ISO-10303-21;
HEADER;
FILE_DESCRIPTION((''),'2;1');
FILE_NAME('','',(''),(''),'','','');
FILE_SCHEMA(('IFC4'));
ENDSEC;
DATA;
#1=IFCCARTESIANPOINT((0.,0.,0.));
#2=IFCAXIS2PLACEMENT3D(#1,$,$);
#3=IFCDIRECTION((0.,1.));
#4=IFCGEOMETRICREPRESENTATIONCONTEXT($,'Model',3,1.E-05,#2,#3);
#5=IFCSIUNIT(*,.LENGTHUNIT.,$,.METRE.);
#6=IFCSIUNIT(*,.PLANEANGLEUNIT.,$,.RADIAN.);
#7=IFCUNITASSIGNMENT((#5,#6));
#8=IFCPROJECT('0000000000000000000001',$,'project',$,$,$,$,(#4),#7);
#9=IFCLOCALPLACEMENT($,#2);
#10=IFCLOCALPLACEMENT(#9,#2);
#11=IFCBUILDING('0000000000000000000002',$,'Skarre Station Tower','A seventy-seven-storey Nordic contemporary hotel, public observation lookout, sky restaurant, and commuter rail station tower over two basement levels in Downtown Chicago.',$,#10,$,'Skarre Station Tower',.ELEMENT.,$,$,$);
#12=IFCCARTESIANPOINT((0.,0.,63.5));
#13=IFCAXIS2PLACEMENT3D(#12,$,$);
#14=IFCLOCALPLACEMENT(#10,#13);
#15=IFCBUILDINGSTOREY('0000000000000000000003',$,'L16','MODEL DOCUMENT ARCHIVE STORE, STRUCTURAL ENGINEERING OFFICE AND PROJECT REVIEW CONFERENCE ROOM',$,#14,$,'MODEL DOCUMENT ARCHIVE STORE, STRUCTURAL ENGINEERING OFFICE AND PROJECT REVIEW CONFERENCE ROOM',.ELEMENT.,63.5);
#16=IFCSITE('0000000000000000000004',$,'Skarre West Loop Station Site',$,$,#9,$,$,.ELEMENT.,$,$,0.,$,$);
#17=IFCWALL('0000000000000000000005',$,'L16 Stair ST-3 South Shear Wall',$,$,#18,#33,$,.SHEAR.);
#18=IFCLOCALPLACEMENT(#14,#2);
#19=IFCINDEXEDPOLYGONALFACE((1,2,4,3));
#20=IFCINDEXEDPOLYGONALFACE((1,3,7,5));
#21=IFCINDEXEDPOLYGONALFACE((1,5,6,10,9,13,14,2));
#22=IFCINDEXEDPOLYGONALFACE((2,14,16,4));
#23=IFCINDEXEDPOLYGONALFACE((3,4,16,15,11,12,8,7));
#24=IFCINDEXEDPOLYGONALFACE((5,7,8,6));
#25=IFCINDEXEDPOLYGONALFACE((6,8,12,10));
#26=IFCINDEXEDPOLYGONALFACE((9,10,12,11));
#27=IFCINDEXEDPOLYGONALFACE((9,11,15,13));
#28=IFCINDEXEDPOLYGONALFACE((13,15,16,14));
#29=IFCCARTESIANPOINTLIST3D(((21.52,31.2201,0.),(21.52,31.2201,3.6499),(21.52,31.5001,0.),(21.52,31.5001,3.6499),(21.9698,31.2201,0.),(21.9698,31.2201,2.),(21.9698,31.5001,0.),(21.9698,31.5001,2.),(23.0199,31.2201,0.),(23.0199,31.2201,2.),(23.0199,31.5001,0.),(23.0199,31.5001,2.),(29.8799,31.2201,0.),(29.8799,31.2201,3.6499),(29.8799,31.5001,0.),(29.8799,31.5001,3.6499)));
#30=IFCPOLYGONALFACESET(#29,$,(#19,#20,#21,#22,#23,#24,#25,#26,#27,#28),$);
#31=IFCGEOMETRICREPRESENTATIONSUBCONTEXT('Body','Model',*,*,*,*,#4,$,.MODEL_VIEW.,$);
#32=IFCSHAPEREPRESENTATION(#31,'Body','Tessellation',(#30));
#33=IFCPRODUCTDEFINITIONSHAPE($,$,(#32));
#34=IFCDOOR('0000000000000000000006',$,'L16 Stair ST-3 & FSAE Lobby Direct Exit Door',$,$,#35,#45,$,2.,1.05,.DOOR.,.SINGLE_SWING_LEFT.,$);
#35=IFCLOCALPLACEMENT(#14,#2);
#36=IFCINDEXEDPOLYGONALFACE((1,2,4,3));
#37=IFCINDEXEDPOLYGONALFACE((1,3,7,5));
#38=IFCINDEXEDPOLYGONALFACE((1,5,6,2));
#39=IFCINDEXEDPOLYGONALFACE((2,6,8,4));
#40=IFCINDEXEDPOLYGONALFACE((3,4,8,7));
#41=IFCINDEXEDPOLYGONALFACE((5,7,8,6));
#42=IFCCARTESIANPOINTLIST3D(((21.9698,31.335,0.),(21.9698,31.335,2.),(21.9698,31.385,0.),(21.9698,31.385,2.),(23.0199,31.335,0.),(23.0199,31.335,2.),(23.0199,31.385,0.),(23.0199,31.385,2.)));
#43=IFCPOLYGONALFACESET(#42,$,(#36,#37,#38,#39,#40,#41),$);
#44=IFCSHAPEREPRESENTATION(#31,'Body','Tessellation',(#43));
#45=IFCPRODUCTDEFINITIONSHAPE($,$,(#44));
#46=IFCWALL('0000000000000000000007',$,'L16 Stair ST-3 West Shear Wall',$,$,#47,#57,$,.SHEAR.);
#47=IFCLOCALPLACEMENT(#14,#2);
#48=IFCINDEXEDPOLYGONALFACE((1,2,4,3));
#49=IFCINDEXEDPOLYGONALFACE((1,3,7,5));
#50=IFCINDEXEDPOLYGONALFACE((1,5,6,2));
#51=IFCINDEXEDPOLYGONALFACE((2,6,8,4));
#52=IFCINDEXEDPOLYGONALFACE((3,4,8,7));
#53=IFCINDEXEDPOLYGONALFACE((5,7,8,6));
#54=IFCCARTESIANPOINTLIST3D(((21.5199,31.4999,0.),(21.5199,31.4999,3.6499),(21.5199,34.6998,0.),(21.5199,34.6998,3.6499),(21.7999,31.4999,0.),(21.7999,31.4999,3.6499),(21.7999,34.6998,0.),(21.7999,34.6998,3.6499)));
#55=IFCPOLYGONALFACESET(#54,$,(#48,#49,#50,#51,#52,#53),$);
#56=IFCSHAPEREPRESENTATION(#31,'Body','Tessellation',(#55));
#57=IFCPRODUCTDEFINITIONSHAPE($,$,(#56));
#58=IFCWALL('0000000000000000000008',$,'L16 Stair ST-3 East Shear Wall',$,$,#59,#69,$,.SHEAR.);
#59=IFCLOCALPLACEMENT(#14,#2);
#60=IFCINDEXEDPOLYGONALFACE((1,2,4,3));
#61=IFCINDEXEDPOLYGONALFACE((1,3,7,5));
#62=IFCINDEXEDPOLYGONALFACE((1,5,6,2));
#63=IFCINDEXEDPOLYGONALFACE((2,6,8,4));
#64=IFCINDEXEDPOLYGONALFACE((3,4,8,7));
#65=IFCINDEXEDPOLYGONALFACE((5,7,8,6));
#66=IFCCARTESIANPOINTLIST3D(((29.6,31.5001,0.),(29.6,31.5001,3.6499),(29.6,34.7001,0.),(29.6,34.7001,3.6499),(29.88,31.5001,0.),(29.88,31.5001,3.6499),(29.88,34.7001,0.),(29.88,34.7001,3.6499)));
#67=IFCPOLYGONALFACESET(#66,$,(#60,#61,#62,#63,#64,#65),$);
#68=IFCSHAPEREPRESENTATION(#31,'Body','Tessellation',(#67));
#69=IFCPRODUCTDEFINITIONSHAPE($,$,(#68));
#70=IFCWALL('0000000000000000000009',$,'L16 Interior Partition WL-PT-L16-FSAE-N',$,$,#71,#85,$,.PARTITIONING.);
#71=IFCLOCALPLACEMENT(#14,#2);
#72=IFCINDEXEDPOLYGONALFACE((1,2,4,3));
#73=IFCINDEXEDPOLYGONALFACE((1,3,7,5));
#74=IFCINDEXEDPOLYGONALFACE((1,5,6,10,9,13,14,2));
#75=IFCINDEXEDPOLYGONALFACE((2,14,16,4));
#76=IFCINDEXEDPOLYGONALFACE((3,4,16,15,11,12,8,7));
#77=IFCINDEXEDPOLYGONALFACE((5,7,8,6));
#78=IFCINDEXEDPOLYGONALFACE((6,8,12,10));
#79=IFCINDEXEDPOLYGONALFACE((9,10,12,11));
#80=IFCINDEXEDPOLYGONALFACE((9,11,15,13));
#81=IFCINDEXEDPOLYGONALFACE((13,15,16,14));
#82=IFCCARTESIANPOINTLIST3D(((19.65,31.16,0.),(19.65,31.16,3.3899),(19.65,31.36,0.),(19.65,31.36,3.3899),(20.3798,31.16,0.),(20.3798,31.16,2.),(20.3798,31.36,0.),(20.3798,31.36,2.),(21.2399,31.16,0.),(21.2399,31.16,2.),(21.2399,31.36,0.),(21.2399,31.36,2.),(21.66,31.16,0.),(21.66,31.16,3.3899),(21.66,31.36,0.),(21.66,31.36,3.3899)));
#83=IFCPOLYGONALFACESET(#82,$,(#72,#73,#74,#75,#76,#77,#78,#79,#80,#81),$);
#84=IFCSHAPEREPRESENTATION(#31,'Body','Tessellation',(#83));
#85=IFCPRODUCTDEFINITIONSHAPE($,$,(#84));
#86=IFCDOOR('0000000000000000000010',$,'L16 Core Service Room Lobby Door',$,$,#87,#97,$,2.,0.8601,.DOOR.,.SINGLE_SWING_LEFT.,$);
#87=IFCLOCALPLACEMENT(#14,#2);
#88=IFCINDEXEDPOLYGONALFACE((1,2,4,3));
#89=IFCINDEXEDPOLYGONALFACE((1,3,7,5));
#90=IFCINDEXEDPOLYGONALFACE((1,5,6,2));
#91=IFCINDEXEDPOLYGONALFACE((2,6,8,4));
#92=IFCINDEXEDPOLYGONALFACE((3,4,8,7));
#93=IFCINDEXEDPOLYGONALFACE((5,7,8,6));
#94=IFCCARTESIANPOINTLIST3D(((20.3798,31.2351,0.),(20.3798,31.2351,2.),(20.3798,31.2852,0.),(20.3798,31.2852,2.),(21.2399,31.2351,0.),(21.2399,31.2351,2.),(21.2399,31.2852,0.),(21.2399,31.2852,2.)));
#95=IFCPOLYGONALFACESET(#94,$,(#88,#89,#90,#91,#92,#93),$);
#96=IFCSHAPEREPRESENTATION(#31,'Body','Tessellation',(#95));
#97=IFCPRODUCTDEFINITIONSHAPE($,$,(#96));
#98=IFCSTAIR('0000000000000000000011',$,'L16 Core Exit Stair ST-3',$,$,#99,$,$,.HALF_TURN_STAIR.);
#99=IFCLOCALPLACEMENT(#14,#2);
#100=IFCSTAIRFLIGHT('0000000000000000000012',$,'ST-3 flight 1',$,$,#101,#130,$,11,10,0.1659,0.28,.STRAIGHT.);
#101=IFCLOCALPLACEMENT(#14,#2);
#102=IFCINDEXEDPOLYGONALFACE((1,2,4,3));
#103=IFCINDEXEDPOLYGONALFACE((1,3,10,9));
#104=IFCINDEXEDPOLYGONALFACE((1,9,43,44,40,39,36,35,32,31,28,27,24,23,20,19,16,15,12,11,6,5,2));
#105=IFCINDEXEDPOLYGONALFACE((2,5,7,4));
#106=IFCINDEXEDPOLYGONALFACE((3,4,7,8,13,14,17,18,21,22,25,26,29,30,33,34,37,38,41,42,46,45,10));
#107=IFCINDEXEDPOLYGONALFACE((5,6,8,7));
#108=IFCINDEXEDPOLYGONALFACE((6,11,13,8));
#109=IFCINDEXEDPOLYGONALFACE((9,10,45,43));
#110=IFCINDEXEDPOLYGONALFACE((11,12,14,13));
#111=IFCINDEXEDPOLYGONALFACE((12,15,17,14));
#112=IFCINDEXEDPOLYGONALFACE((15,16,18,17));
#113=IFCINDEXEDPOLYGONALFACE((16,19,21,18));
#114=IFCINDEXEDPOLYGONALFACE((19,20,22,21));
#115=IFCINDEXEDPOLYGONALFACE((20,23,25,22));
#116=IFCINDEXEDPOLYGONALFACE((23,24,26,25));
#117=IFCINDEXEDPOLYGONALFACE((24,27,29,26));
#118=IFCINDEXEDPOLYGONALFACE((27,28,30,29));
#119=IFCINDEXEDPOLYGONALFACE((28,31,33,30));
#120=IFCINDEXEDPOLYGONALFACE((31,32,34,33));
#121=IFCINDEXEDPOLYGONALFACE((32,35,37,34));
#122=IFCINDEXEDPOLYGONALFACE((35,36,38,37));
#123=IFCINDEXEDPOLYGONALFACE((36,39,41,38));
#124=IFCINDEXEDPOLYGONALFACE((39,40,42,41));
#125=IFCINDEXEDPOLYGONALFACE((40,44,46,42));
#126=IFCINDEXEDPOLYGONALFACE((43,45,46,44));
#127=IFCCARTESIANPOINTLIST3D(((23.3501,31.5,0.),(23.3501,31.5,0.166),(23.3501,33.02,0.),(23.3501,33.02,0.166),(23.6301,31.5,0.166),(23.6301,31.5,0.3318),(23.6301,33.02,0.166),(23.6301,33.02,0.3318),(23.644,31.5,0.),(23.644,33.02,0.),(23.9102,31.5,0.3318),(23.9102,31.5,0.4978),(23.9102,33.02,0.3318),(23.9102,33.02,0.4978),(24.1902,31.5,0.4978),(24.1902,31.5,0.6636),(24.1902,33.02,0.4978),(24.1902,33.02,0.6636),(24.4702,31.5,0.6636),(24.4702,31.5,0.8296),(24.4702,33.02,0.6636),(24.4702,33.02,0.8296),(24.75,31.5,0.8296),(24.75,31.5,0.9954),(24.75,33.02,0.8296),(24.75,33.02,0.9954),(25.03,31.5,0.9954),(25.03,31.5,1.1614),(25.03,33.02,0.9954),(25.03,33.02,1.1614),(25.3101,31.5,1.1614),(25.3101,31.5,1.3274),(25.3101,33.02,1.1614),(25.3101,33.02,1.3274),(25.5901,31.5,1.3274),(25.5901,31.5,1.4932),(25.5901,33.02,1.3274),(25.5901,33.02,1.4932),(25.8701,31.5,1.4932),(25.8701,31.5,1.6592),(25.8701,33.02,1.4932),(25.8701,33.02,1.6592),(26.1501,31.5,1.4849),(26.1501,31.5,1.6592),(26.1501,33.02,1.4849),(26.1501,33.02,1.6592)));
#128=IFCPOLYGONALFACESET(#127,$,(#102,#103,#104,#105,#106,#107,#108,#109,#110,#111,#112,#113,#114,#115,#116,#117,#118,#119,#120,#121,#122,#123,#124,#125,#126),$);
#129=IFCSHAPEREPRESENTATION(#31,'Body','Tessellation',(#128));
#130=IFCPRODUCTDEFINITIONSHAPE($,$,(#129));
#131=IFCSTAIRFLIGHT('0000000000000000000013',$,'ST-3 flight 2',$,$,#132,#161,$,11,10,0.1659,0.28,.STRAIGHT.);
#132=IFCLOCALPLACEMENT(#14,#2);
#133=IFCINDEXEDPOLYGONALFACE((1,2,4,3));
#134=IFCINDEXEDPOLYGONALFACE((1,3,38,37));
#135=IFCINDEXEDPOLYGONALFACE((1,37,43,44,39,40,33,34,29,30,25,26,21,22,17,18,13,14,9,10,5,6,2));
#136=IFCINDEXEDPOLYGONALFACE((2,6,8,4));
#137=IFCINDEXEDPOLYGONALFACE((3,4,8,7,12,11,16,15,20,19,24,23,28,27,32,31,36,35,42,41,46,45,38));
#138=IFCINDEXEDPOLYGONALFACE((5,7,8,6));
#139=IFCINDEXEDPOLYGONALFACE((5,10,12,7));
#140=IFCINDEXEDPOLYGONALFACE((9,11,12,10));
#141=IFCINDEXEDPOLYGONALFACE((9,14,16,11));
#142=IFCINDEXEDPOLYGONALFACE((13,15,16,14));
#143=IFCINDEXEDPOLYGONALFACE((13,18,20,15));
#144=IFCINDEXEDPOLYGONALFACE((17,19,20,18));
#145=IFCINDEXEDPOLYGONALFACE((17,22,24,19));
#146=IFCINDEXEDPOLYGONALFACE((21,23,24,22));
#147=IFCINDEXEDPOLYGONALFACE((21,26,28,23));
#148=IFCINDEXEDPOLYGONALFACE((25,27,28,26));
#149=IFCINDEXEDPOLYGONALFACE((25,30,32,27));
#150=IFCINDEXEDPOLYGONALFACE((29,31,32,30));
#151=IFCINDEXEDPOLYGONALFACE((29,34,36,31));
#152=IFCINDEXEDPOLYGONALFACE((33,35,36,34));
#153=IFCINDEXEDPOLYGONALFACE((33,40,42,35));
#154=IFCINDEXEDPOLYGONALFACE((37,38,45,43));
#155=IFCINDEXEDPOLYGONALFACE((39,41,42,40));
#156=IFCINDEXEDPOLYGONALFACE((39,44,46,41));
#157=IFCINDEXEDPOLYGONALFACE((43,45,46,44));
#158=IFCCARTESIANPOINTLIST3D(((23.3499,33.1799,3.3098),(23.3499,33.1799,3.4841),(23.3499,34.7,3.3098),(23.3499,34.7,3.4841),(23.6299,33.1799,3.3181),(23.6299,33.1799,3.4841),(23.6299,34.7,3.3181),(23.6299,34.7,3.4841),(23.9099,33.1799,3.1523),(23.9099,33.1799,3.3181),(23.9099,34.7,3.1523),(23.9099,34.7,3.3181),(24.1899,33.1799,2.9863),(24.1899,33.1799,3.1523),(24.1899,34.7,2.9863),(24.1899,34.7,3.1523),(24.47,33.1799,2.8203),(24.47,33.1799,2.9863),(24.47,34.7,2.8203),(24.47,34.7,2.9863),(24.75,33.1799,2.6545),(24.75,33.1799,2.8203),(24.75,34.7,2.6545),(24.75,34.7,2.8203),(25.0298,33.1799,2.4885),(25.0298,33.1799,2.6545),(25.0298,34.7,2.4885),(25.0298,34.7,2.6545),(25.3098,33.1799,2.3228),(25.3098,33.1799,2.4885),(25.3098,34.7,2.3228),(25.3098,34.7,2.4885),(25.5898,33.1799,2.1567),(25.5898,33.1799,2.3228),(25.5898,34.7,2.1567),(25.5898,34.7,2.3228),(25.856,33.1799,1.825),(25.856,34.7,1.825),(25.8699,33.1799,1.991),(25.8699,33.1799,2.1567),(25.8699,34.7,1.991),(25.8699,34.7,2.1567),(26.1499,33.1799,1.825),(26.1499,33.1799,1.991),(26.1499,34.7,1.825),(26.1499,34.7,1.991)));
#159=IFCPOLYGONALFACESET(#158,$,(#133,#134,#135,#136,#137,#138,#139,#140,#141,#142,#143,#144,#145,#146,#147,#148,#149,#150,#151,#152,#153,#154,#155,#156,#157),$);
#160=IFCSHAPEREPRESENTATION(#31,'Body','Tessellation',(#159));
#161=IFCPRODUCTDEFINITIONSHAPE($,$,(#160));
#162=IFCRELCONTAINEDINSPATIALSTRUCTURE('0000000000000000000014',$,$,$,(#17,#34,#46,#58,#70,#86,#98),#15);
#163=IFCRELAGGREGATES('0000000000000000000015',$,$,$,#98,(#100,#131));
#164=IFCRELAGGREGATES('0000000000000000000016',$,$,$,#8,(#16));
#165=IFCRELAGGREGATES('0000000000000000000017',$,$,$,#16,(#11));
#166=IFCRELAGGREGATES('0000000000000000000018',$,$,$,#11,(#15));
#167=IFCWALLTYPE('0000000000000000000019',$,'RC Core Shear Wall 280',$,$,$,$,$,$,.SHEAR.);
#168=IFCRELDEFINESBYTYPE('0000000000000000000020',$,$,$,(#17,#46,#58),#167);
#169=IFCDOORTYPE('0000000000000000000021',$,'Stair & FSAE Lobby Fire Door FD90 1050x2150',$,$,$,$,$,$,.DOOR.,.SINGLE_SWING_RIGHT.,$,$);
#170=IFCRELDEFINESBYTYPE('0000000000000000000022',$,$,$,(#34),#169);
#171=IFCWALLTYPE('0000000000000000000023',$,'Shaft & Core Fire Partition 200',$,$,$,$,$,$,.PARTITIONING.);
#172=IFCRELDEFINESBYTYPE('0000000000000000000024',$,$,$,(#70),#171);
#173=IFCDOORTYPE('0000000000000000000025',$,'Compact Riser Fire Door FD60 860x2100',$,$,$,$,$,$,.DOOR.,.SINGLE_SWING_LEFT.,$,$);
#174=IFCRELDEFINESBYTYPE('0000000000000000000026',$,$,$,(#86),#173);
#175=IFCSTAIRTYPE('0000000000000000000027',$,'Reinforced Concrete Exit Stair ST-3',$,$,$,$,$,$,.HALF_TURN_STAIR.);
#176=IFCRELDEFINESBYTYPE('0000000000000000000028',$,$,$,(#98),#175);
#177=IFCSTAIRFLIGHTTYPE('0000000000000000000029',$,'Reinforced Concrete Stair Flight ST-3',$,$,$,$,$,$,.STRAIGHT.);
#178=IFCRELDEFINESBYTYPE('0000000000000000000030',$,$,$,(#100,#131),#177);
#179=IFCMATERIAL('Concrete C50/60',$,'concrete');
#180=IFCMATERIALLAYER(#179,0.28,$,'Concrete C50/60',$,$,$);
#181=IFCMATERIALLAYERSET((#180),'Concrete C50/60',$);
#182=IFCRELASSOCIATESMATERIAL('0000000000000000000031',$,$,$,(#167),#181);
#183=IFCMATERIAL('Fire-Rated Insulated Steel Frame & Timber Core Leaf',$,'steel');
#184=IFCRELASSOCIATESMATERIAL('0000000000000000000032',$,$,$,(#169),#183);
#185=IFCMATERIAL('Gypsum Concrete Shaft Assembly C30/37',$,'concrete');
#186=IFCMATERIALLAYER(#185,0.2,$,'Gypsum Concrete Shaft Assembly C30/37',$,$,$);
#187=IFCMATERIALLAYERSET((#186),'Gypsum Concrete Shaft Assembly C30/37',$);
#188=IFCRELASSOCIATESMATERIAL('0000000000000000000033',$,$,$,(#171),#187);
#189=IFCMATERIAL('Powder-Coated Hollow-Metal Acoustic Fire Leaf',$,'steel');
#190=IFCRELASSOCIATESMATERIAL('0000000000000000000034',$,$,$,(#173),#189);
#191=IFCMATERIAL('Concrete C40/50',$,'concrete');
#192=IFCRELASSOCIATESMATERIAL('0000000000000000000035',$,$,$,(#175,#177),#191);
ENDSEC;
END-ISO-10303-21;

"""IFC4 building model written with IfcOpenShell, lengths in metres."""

from ifc_helpers import new_model, si_unit, direction, frame, frame_2d, origin, place, context, subcontext, project, spatial, polyline, rectangle, outline, extrude, material, layer, layer_set, type_object, element, fill, aggregate, save


model = new_model("IFC4")

# Units and contexts
model_context = context("Model", 3, precision=1e-05, world=origin(), true_north=direction((0.0, 1.0)))
body_context = subcontext(model_context, "Body", "Model", "MODEL_VIEW")
ifc_project = project(units=[si_unit("LENGTHUNIT", "METRE"), si_unit("PLANEANGLEUNIT", "RADIAN")], contexts=[model_context])

# Site, building, storey
site_placement = place(None, origin())
site = spatial("IfcSite", under=ifc_project, at=site_placement, Name="Skarre West Loop Station Site", CompositionType="ELEMENT", RefElevation=0.0)
building_placement = place(site_placement, origin())
building = spatial("IfcBuilding", under=site, at=building_placement, Name="Skarre Station Tower", Description="A seventy-seven-storey Nordic contemporary hotel, public observation lookout, sky restaurant, and commuter rail station tower over two basement levels in Downtown Chicago.", LongName="Skarre Station Tower", CompositionType="ELEMENT")
storey_placement = place(building_placement, frame((0.0, 0.0, 63.5)))
storey = spatial("IfcBuildingStorey", under=building, at=storey_placement, Name="L16", Description="MODEL DOCUMENT ARCHIVE STORE, STRUCTURAL ENGINEERING OFFICE AND PROJECT REVIEW CONFERENCE ROOM", LongName="MODEL DOCUMENT ARCHIVE STORE, STRUCTURAL ENGINEERING OFFICE AND PROJECT REVIEW CONFERENCE ROOM", CompositionType="ELEMENT", Elevation=63.5)

# Wall, opening, door
ifc_material_1 = material(Name="Concrete C50/60", Category="concrete")
ifc_layer_1 = layer(ifc_material_1, 0.28, Name="Concrete C50/60")
ifc_layer_set_1 = layer_set([ifc_layer_1], Name="Concrete C50/60")
wall_type_1 = type_object("IfcWallType", Name="RC Core Shear Wall 280", PredefinedType="SHEAR", material=ifc_layer_set_1)
wall_1_placement = place(storey_placement, frame((21.52, 31.3601, 0.0), z_axis=(0.0, 0.0, 1.0), x_axis=(1.0, 0.0, 0.0)))
wall_1 = element("IfcWall", 1, at=wall_1_placement, inside=storey, type_object=wall_type_1, Name="L16 Stair ST-3 South Shear Wall", PredefinedType="SHEAR", context=body_context, shape_type="SweptSolid", body=[
    extrude(rectangle(XDim=8.3599, YDim=0.28, at=frame_2d((4.1799, 0.0))), origin(), (0.0, 0.0, 1.0), 3.6499),
])
opening_1_placement = place(wall_1_placement, frame((0.45, 0.0, 0.0)))
opening_1 = element("IfcOpeningElement", 2, at=opening_1_placement, cuts=wall_1, PredefinedType="OPENING", context=body_context, shape_type="SweptSolid", body=[
    extrude(rectangle(XDim=1.05, YDim=2.0, at=frame_2d((0.5249, 1.0))), frame((0.0, 0.1499, 0.0), z_axis=(0.0, -1.0, 0.0), x_axis=(1.0, 0.0, 0.0)), (0.0, 0.0, 1.0), 0.3),
])
ifc_material_2 = material(Name="Fire-Rated Insulated Steel Frame & Timber Core Leaf", Category="steel")
door_type_1 = type_object("IfcDoorType", Name="Stair & FSAE Lobby Fire Door FD90 1050x2150", OperationType="SINGLE_SWING_RIGHT", PredefinedType="DOOR", material=ifc_material_2)
door_1_placement = place(opening_1_placement, origin())
door_1 = element("IfcDoor", 3, at=door_1_placement, inside=storey, type_object=door_type_1, Name="L16 Stair ST-3 & FSAE Lobby Direct Exit Door", OperationType="SINGLE_SWING_LEFT", OverallHeight=2.0, OverallWidth=1.05, PredefinedType="DOOR", context=body_context, shape_type="SweptSolid", body=[
    extrude(rectangle(XDim=1.05, YDim=2.0, at=frame_2d((0.5249, 1.0))), frame((0.0, 0.0249, 0.0), z_axis=(0.0, -1.0, 0.0), x_axis=(1.0, 0.0, 0.0)), (0.0, 0.0, 1.0), 0.05),
])
fill(opening_1, door_1)

# Walls
for number, where, z_axis, x_axis, name in (
    (4, (21.6599, 34.7, 0.0), (0.0, 0.0, 1.0), (0.0, -1.0, 0.0), "L16 Stair ST-3 West Shear Wall"),
    (5, (29.74, 31.5, 0.0), (0.0, 0.0, 1.0), (0.0, 1.0, 0.0), "L16 Stair ST-3 East Shear Wall"),
):
    element("IfcWall", number, at=place(storey_placement, frame(where, z_axis=z_axis, x_axis=x_axis)), inside=storey, type_object=wall_type_1, Name=name, PredefinedType="SHEAR", context=body_context, shape_type="SweptSolid", body=[
        extrude(rectangle(XDim=3.2, YDim=0.28, at=frame_2d((1.6001, 0.0))), origin(), (0.0, 0.0, 1.0), 3.6499),
    ])

# Wall, opening, door
ifc_material_3 = material(Name="Gypsum Concrete Shaft Assembly C30/37", Category="concrete")
ifc_layer_2 = layer(ifc_material_3, 0.2, Name="Gypsum Concrete Shaft Assembly C30/37")
ifc_layer_set_2 = layer_set([ifc_layer_2], Name="Gypsum Concrete Shaft Assembly C30/37")
wall_type_2 = type_object("IfcWallType", Name="Shaft & Core Fire Partition 200", PredefinedType="PARTITIONING", material=ifc_layer_set_2)
wall_2_placement = place(storey_placement, frame((21.6599, 31.26, 0.0), z_axis=(0.0, 0.0, 1.0), x_axis=(-1.0, 0.0, 0.0)))
wall_2 = element("IfcWall", 6, at=wall_2_placement, inside=storey, type_object=wall_type_2, Name="L16 Interior Partition WL-PT-L16-FSAE-N", PredefinedType="PARTITIONING", context=body_context, shape_type="SweptSolid", body=[
    extrude(rectangle(XDim=2.01, YDim=0.2, at=frame_2d((1.0049, 0.0))), origin(), (0.0, 0.0, 1.0), 3.3899),
])
opening_2_placement = place(wall_2_placement, frame((0.4199, 0.0, 0.0)))
opening_2 = element("IfcOpeningElement", 7, at=opening_2_placement, cuts=wall_2, PredefinedType="OPENING", context=body_context, shape_type="SweptSolid", body=[
    extrude(rectangle(XDim=0.8601, YDim=2.0, at=frame_2d((0.4302, 1.0))), frame((0.0, 0.1099, 0.0), z_axis=(0.0, -1.0, 0.0), x_axis=(1.0, 0.0, 0.0)), (0.0, 0.0, 1.0), 0.22),
])
ifc_material_4 = material(Name="Powder-Coated Hollow-Metal Acoustic Fire Leaf", Category="steel")
door_type_2 = type_object("IfcDoorType", Name="Compact Riser Fire Door FD60 860x2100", OperationType="SINGLE_SWING_LEFT", PredefinedType="DOOR", material=ifc_material_4)
door_2_placement = place(opening_2_placement, origin())
door_2 = element("IfcDoor", 8, at=door_2_placement, inside=storey, type_object=door_type_2, Name="L16 Core Service Room Lobby Door", OperationType="SINGLE_SWING_LEFT", OverallHeight=2.0, OverallWidth=0.8601, PredefinedType="DOOR", context=body_context, shape_type="SweptSolid", body=[
    extrude(rectangle(XDim=0.8601, YDim=2.0, at=frame_2d((0.4302, 1.0))), frame((0.0, 0.0249, 0.0), z_axis=(0.0, -1.0, 0.0), x_axis=(1.0, 0.0, 0.0)), (0.0, 0.0, 1.0), 0.05),
])
fill(opening_2, door_2)

# Stair, stair flights
ifc_material_5 = material(Name="Concrete C40/50", Category="concrete")
stair_type = type_object("IfcStairType", Name="Reinforced Concrete Exit Stair ST-3", PredefinedType="HALF_TURN_STAIR", material=ifc_material_5)
stair_placement = place(storey_placement, origin())
stair = element("IfcStair", 9, at=stair_placement, inside=storey, type_object=stair_type, Name="L16 Core Exit Stair ST-3", PredefinedType="HALF_TURN_STAIR")
stair_flight_type = type_object("IfcStairFlightType", Name="Reinforced Concrete Stair Flight ST-3", PredefinedType="STRAIGHT", material=ifc_material_5)
stair_flight_1_placement = place(storey_placement, frame((23.3501, 32.26, 0.0), z_axis=(0.0, 0.0, 1.0), x_axis=(1.0, 0.0, 0.0)))
stair_flight_1 = element("IfcStairFlight", 10, at=stair_flight_1_placement, type_object=stair_flight_type, Name="ST-3 flight 1", NumberOfRisers=11, NumberOfTreads=10, PredefinedType="STRAIGHT", RiserHeight=0.1659, TreadLength=0.28, context=body_context, shape_type="SweptSolid", body=[
    extrude(outline(polyline([(0.0, 0.0), (0.0, 0.166), (0.28, 0.166), (0.28, 0.3318), (0.5601, 0.3318), (0.5601, 0.4978), (0.8401, 0.4978), (0.8401, 0.6636), (1.1201, 0.6636), (1.1201, 0.8296), (1.3999, 0.8296), (1.3999, 0.9954), (1.6799, 0.9954), (1.6799, 1.1614), (1.96, 1.1614), (1.96, 1.3274), (2.24, 1.3274), (2.24, 1.4932), (2.52, 1.4932), (2.52, 1.6592), (2.8, 1.6592), (2.8, 1.825), (2.8, 1.4849), (0.2939, 0.0), (0.0, 0.0)])), frame((0.0, 0.76, 0.0), z_axis=(0.0, -1.0, 0.0), x_axis=(1.0, 0.0, 0.0)), (0.0, 0.0, 1.0), 1.52),
])
stair_flight_2_placement = place(storey_placement, frame((26.1499, 33.9399, 1.825), z_axis=(0.0, 0.0, 1.0), x_axis=(-1.0, 0.0, 0.0)))
stair_flight_2 = element("IfcStairFlight", 11, at=stair_flight_2_placement, type_object=stair_flight_type, Name="ST-3 flight 2", NumberOfRisers=11, NumberOfTreads=10, PredefinedType="STRAIGHT", RiserHeight=0.1659, TreadLength=0.28, context=body_context, shape_type="SweptSolid", body=[
    extrude(outline(polyline([(0.0, 0.0), (0.0, 0.166), (0.28, 0.166), (0.28, 0.3318), (0.5601, 0.3318), (0.5601, 0.4978), (0.8401, 0.4978), (0.8401, 0.6636), (1.1201, 0.6636), (1.1201, 0.8296), (1.3999, 0.8296), (1.3999, 0.9954), (1.6799, 0.9954), (1.6799, 1.1614), (1.96, 1.1614), (1.96, 1.3274), (2.24, 1.3274), (2.24, 1.4932), (2.52, 1.4932), (2.52, 1.6592), (2.8, 1.6592), (2.8, 1.825), (2.8, 1.4849), (0.2939, 0.0), (0.0, 0.0)])), frame((0.0, 0.76, 0.0), z_axis=(0.0, -1.0, 0.0), x_axis=(1.0, 0.0, 0.0)), (0.0, 0.0, 1.0), 1.52),
])
aggregate(stair, [stair_flight_1, stair_flight_2])

save(model, "model.ifc")
